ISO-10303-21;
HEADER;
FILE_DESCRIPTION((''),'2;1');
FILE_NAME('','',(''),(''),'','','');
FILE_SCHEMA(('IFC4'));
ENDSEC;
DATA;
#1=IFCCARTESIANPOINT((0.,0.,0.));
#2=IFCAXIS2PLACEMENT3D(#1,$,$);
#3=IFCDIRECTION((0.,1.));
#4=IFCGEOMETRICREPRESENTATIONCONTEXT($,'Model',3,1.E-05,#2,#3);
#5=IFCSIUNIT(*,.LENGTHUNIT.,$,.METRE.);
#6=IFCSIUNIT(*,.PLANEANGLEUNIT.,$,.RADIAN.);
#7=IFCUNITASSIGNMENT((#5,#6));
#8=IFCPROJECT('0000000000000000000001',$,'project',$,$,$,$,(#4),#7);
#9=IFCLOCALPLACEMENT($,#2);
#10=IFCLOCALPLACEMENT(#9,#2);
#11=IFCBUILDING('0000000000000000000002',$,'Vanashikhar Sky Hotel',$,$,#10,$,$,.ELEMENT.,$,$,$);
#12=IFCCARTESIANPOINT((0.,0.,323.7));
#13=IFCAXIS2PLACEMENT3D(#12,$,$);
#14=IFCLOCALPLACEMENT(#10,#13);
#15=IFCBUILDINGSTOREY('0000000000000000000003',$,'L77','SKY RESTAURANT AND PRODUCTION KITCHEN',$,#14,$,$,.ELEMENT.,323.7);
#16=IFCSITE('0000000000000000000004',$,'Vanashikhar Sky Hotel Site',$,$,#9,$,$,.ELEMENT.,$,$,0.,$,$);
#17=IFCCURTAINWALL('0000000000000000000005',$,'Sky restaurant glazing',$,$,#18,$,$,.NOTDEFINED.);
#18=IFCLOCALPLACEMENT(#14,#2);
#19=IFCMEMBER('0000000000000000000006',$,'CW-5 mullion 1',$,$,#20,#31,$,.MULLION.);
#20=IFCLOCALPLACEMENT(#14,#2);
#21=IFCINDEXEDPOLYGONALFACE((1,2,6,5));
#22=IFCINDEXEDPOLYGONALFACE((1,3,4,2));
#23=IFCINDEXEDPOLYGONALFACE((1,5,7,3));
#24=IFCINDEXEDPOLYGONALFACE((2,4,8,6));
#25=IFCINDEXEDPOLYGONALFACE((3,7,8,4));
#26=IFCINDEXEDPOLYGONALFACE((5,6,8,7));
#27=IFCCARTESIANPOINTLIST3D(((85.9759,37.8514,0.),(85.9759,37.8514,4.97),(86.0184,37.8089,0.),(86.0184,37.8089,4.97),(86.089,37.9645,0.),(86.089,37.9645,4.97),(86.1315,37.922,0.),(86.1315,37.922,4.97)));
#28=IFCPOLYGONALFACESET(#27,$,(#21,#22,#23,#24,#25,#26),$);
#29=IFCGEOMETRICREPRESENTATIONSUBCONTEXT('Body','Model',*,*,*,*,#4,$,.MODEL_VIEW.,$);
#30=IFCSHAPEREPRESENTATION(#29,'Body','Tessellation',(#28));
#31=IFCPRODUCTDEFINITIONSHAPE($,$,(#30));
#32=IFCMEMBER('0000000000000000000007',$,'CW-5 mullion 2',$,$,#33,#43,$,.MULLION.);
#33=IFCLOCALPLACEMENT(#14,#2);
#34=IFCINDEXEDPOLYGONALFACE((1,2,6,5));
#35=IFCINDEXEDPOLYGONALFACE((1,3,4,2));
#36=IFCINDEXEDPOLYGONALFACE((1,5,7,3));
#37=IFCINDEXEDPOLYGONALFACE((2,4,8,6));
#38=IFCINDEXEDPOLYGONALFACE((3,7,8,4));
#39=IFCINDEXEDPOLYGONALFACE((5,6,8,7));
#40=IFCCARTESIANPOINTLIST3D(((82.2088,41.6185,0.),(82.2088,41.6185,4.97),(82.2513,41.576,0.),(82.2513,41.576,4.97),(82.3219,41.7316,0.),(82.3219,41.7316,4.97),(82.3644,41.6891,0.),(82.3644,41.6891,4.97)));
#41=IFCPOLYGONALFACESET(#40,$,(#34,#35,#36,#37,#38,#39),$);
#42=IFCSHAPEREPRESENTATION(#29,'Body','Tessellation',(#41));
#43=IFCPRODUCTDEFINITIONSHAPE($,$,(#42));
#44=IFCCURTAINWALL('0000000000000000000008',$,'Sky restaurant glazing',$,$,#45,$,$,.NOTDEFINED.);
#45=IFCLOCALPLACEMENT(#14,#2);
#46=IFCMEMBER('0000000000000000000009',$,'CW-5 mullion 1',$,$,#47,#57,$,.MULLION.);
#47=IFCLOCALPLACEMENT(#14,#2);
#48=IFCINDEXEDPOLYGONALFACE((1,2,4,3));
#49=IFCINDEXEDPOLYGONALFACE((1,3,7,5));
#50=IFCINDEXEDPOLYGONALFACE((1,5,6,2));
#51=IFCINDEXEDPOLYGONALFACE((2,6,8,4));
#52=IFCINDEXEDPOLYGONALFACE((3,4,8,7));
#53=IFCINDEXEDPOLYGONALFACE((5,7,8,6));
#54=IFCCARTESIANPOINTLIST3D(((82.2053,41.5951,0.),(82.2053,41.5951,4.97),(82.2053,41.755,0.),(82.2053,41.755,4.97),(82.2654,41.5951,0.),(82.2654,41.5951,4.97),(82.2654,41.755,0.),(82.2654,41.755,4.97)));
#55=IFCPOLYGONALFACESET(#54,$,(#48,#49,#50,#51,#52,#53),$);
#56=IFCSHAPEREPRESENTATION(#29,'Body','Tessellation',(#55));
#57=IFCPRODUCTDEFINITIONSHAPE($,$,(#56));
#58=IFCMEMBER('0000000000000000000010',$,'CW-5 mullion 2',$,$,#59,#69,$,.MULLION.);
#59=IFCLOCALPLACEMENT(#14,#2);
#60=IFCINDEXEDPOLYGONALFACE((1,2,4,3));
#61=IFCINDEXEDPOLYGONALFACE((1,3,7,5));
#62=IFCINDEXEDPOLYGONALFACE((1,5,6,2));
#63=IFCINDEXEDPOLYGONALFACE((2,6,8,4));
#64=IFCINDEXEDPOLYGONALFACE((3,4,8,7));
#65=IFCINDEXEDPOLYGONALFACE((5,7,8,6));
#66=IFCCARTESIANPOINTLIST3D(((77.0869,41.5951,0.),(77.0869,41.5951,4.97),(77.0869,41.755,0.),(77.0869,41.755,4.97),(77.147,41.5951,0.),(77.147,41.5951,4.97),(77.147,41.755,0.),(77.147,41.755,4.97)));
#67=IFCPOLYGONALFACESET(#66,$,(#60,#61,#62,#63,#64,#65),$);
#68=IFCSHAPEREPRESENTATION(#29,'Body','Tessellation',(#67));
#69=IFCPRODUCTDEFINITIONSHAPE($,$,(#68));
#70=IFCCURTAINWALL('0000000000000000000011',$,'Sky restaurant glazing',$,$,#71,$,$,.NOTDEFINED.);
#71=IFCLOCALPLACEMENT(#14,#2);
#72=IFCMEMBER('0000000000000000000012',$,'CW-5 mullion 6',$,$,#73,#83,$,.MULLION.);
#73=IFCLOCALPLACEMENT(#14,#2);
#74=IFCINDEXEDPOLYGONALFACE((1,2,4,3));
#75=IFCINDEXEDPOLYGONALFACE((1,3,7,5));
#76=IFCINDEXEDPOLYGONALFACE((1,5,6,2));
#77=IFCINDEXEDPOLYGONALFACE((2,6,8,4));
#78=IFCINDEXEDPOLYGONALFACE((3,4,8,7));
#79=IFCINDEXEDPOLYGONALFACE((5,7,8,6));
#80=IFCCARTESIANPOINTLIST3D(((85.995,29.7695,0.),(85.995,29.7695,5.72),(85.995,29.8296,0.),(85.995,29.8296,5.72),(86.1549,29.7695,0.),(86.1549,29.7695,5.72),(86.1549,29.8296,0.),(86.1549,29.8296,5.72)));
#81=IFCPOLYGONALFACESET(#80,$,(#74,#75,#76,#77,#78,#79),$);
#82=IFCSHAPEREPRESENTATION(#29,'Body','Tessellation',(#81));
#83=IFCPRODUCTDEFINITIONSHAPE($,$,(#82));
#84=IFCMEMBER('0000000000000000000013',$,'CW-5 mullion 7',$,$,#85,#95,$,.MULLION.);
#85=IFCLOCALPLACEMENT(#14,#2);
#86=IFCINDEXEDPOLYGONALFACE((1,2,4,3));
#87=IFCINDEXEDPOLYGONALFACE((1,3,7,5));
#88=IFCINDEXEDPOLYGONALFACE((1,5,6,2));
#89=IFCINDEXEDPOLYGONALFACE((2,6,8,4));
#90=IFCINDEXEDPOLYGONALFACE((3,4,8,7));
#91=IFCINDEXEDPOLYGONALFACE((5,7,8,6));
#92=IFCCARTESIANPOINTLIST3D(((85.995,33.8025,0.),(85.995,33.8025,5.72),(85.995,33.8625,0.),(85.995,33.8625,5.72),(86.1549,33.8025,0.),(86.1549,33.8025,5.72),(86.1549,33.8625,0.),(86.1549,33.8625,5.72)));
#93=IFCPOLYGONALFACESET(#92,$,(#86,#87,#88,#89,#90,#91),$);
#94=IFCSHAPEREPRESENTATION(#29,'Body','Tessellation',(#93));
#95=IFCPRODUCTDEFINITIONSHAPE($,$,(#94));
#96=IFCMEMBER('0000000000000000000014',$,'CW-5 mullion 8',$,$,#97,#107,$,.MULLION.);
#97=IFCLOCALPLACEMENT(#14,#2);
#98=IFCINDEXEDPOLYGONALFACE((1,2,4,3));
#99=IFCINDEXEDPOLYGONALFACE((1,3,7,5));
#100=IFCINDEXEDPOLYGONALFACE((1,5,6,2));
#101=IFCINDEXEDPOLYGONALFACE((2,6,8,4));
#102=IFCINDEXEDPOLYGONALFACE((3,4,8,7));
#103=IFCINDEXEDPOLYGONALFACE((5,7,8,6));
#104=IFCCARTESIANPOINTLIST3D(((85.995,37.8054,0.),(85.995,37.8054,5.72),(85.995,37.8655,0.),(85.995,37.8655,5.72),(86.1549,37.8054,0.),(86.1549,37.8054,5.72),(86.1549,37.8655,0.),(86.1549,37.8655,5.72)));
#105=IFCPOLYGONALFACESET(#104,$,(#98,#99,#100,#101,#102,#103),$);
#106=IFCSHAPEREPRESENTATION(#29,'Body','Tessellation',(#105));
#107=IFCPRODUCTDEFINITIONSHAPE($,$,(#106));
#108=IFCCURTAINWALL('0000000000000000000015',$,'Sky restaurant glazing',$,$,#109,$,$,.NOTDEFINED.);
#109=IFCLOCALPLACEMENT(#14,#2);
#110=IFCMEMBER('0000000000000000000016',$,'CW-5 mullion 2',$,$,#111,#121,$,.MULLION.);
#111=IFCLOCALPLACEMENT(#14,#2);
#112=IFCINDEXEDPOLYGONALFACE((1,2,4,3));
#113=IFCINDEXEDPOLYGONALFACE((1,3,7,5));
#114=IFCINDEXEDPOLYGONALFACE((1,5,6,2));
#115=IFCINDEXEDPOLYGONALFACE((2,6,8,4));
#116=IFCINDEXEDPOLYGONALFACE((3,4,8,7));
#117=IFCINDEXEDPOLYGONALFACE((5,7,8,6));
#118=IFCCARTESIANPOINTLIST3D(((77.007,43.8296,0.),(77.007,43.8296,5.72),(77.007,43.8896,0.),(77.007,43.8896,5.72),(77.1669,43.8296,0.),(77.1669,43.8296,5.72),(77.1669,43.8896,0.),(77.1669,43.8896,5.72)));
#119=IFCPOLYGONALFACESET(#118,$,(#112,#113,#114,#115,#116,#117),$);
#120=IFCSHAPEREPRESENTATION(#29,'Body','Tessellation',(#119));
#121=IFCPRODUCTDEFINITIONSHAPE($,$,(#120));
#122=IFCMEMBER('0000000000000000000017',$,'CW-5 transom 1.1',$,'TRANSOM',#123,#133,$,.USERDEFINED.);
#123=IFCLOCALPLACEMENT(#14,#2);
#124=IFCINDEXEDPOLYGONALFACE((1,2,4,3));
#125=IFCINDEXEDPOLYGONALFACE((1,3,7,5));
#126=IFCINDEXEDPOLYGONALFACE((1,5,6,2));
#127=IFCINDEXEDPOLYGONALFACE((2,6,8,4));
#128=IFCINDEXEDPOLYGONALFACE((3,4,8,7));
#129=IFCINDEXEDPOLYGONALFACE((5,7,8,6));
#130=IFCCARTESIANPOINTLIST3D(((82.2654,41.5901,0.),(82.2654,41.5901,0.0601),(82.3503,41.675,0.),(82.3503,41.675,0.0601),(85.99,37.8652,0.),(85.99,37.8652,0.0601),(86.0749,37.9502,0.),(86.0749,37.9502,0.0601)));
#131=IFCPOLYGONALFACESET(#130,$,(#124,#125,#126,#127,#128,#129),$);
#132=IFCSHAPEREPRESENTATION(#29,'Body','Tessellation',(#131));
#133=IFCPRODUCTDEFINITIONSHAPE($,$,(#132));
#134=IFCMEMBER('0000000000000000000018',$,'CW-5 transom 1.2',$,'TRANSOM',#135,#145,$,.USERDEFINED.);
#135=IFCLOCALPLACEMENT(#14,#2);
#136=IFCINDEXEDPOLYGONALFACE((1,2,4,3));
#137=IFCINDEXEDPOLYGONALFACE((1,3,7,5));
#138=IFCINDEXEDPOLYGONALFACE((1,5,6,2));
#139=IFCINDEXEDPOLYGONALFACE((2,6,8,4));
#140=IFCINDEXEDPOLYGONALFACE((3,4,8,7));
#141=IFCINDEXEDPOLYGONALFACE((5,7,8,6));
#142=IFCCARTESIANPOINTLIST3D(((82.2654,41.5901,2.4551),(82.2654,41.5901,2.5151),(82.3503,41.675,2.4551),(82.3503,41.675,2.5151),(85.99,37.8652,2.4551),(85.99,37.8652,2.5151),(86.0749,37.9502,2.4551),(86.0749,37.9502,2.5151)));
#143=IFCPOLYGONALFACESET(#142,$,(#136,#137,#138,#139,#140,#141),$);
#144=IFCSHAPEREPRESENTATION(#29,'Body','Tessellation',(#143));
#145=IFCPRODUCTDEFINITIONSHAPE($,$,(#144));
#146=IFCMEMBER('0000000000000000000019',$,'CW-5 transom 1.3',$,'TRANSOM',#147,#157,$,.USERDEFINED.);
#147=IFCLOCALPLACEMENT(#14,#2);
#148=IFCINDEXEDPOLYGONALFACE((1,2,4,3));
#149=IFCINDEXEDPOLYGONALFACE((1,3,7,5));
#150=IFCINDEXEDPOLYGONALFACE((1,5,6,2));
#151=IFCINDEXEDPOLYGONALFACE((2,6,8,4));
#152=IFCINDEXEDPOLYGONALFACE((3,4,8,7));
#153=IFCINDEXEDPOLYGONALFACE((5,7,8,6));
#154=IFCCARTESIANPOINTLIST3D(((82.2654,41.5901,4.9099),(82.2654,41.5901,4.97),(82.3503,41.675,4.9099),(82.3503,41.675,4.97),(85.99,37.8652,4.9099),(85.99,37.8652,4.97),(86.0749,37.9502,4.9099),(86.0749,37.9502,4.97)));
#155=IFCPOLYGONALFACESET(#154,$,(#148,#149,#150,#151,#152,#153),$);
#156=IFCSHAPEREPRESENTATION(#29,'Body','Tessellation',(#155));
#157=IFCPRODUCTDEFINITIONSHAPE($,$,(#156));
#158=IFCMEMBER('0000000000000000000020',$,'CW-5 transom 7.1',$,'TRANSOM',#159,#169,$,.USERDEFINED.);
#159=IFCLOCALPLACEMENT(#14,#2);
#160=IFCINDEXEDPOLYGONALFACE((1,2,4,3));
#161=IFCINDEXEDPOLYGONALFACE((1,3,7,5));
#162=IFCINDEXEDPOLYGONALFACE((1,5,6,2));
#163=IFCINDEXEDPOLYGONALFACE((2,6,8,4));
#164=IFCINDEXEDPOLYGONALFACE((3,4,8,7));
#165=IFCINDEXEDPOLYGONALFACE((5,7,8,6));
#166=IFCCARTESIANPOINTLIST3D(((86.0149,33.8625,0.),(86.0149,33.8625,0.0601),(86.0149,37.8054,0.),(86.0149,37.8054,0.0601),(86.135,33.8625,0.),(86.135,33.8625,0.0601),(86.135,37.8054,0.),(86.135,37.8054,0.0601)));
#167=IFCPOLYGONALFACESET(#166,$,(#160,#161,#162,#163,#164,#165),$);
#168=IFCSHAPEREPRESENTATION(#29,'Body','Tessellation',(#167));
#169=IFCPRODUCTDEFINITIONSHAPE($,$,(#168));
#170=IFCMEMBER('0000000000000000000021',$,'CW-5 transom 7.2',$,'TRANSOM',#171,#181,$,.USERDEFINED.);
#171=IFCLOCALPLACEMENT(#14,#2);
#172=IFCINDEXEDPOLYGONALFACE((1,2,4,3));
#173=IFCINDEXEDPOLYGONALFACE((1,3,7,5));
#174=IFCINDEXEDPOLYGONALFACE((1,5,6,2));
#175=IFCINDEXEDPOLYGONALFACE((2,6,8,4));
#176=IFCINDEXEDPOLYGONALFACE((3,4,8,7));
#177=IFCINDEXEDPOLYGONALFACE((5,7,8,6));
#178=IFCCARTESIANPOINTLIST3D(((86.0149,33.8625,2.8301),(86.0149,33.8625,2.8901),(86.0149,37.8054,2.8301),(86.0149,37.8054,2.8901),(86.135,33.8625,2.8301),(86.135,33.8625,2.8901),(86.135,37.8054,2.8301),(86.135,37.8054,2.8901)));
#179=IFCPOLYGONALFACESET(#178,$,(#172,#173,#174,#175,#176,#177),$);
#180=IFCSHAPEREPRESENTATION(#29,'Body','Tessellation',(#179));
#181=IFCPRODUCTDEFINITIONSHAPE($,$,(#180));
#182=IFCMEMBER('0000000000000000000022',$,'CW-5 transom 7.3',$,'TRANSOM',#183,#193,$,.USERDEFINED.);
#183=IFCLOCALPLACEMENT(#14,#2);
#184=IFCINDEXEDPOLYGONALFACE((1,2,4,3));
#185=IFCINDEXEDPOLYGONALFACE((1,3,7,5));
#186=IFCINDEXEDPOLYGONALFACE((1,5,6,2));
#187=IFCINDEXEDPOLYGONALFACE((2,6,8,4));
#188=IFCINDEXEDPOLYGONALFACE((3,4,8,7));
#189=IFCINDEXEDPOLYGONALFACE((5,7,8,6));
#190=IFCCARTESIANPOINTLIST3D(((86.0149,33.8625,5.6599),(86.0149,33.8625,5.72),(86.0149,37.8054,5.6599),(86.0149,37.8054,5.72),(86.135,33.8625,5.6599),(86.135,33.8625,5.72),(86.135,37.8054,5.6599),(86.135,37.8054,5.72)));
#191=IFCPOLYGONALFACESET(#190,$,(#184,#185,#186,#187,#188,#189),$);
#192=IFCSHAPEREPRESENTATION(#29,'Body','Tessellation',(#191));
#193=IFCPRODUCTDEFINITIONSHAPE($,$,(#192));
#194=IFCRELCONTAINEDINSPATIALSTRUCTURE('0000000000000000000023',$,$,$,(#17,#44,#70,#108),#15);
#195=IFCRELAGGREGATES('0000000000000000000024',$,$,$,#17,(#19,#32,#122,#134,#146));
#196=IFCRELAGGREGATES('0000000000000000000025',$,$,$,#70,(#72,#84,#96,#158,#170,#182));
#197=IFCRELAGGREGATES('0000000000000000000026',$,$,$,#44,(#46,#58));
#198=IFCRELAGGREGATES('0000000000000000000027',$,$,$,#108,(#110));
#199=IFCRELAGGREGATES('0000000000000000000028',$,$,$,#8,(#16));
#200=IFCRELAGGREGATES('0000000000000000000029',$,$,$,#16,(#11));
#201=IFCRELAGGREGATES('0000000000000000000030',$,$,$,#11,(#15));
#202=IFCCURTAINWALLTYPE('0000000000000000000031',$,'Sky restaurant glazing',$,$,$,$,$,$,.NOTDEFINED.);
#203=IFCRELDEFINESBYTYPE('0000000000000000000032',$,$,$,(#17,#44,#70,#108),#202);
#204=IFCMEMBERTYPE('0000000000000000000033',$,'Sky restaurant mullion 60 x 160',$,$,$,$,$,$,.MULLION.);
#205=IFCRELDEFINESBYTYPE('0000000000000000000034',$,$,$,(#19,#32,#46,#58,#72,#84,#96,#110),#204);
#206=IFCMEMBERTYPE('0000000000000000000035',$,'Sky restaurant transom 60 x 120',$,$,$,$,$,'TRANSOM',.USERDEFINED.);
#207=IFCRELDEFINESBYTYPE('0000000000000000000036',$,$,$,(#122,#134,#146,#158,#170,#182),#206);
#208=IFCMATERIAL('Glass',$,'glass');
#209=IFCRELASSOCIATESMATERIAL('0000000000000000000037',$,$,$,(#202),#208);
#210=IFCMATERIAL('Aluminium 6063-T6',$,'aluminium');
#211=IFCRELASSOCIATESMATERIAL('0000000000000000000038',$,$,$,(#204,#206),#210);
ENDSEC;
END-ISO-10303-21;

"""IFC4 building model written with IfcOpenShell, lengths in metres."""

from ifc_helpers import new_model, si_unit, direction, frame, origin, origin_2d, place, context, subcontext, project, spatial, rectangle, extrude, source, transform, mapped, material, material_profile, profile_set, type_object, element, aggregate, save


model = new_model("IFC4")

# Units and contexts
model_context = context("Model", 3, precision=1e-05, world=origin(), true_north=direction((0.0, 1.0)))
body_context = subcontext(model_context, "Body", "Model", "MODEL_VIEW")
ifc_project = project(units=[si_unit("LENGTHUNIT", "METRE"), si_unit("PLANEANGLEUNIT", "RADIAN")], contexts=[model_context])

# Site, building, storey
site_placement = place(None, origin())
site = spatial("IfcSite", under=ifc_project, at=site_placement, Name="Vanashikhar Sky Hotel Site", CompositionType="ELEMENT", RefElevation=0.0)
building_placement = place(site_placement, origin())
building = spatial("IfcBuilding", under=site, at=building_placement, Name="Vanashikhar Sky Hotel", CompositionType="ELEMENT")
storey_placement = place(building_placement, frame((0.0, 0.0, 323.7)))
storey = spatial("IfcBuildingStorey", under=building, at=storey_placement, Name="L77", Description="SKY RESTAURANT AND PRODUCTION KITCHEN", CompositionType="ELEMENT", Elevation=323.7)

# Curtain walls, members
ifc_material_1 = material(Name="Glass", Category="glass")
curtain_wall_type = type_object("IfcCurtainWallType", Name="Sky restaurant glazing", PredefinedType="NOTDEFINED", material=ifc_material_1)
curtain_wall_1_placement = place(storey_placement, origin())
curtain_wall_1 = element("IfcCurtainWall", 1, at=curtain_wall_1_placement, inside=storey, type_object=curtain_wall_type, Name="Sky restaurant glazing", PredefinedType="NOTDEFINED")
ifc_material_2 = material(Name="Aluminium 6063-T6", Category="aluminium")
ifc_material_profile_1 = material_profile(ifc_material_2, rectangle(XDim=0.1599, YDim=0.0601, at=origin_2d()))
ifc_profile_set_1 = profile_set([ifc_material_profile_1], Name="Aluminium 6063-T6")
member_type_1 = type_object("IfcMemberType", Name="Sky restaurant mullion 60 x 160", PredefinedType="MULLION", material=ifc_profile_set_1)
shared_shape_1 = source(origin(), body_context, "Body", "SweptSolid", [
    extrude(rectangle(XDim=0.1599, YDim=0.0601, at=origin_2d()), origin(), (0.0, 0.0, 1.0), 4.97),
])
member_1_placement = place(storey_placement, frame((86.0537, 37.8867, 0.0), z_axis=(0.0, 0.0, 1.0), x_axis=(-0.707107, -0.707107, 0.0)))
member_1 = element("IfcMember", 2, at=member_1_placement, type_object=member_type_1, Name="CW-5 mullion 1", PredefinedType="MULLION", context=body_context, shape_type="MappedRepresentation", body=[
    mapped(shared_shape_1, transform((0.0, 0.0, 0.0), scale=1.0)),
])
member_2_placement = place(storey_placement, frame((82.2866, 41.6538, 0.0), z_axis=(0.0, 0.0, 1.0), x_axis=(-0.707107, -0.707107, 0.0)))
member_2 = element("IfcMember", 3, at=member_2_placement, type_object=member_type_1, Name="CW-5 mullion 2", PredefinedType="MULLION", context=body_context, shape_type="MappedRepresentation", body=[
    mapped(shared_shape_1, transform((0.0, 0.0, 0.0), scale=1.0)),
])
curtain_wall_2_placement = place(storey_placement, origin())
curtain_wall_2 = element("IfcCurtainWall", 4, at=curtain_wall_2_placement, inside=storey, type_object=curtain_wall_type, Name="Sky restaurant glazing", PredefinedType="NOTDEFINED")
member_3_placement = place(storey_placement, frame((82.2354, 41.675, 0.0), z_axis=(0.0, 0.0, 1.0), x_axis=(0.0, -1.0, 0.0)))
member_3 = element("IfcMember", 5, at=member_3_placement, type_object=member_type_1, Name="CW-5 mullion 1", PredefinedType="MULLION", context=body_context, shape_type="MappedRepresentation", body=[
    mapped(shared_shape_1, transform((0.0, 0.0, 0.0), scale=1.0)),
])
member_4_placement = place(storey_placement, frame((77.1169, 41.675, 0.0), z_axis=(0.0, 0.0, 1.0), x_axis=(0.0, -1.0, 0.0)))
member_4 = element("IfcMember", 6, at=member_4_placement, type_object=member_type_1, Name="CW-5 mullion 2", PredefinedType="MULLION", context=body_context, shape_type="MappedRepresentation", body=[
    mapped(shared_shape_1, transform((0.0, 0.0, 0.0), scale=1.0)),
])
curtain_wall_3_placement = place(storey_placement, origin())
curtain_wall_3 = element("IfcCurtainWall", 7, at=curtain_wall_3_placement, inside=storey, type_object=curtain_wall_type, Name="Sky restaurant glazing", PredefinedType="NOTDEFINED")
shared_shape_2 = source(origin(), body_context, "Body", "SweptSolid", [
    extrude(rectangle(XDim=0.1599, YDim=0.0601, at=origin_2d()), origin(), (0.0, 0.0, 1.0), 5.72),
])
member_5_placement = place(storey_placement, frame((86.075, 29.7996, 0.0), z_axis=(0.0, 0.0, 1.0), x_axis=(-1.0, 0.0, 0.0)))
member_5 = element("IfcMember", 8, at=member_5_placement, type_object=member_type_1, Name="CW-5 mullion 6", PredefinedType="MULLION", context=body_context, shape_type="MappedRepresentation", body=[
    mapped(shared_shape_2, transform((0.0, 0.0, 0.0), scale=1.0)),
])
member_6_placement = place(storey_placement, frame((86.075, 33.8325, 0.0), z_axis=(0.0, 0.0, 1.0), x_axis=(-1.0, 0.0, 0.0)))
member_6 = element("IfcMember", 9, at=member_6_placement, type_object=member_type_1, Name="CW-5 mullion 7", PredefinedType="MULLION", context=body_context, shape_type="MappedRepresentation", body=[
    mapped(shared_shape_2, transform((0.0, 0.0, 0.0), scale=1.0)),
])
member_7_placement = place(storey_placement, frame((86.075, 37.8354, 0.0), z_axis=(0.0, 0.0, 1.0), x_axis=(-1.0, 0.0, 0.0)))
member_7 = element("IfcMember", 10, at=member_7_placement, type_object=member_type_1, Name="CW-5 mullion 8", PredefinedType="MULLION", context=body_context, shape_type="MappedRepresentation", body=[
    mapped(shared_shape_2, transform((0.0, 0.0, 0.0), scale=1.0)),
])

# Curtain wall, member
curtain_wall_4_placement = place(storey_placement, origin())
curtain_wall_4 = element("IfcCurtainWall", 11, at=curtain_wall_4_placement, inside=storey, type_object=curtain_wall_type, Name="Sky restaurant glazing", PredefinedType="NOTDEFINED")
member_8_placement = place(storey_placement, frame((77.0869, 43.8596, 0.0), z_axis=(0.0, 0.0, 1.0), x_axis=(-1.0, 0.0, 0.0)))
member_8 = element("IfcMember", 12, at=member_8_placement, type_object=member_type_1, Name="CW-5 mullion 2", PredefinedType="MULLION", context=body_context, shape_type="MappedRepresentation", body=[
    mapped(shared_shape_2, transform((0.0, 0.0, 0.0), scale=1.0)),
])

# Members
ifc_material_profile_2 = material_profile(ifc_material_2, rectangle(XDim=0.1201, YDim=0.0601, at=origin_2d()))
ifc_profile_set_2 = profile_set([ifc_material_profile_2], Name="Aluminium 6063-T6")
member_type_2 = type_object("IfcMemberType", Name="Sky restaurant transom 60 x 120", ElementType="TRANSOM", PredefinedType="USERDEFINED", material=ifc_profile_set_2)
shared_shape_3 = source(origin(), body_context, "Body", "SweptSolid", [
    extrude(rectangle(XDim=0.1201, YDim=0.0601, at=origin_2d()), origin(), (0.0, 0.0, 1.0), 5.2676),
])
member_9_placement = place(storey_placement, frame((86.0325, 37.9077, 0.03), z_axis=(-0.707084, 0.70713, 0.0), x_axis=(-0.70713, -0.707084, 0.0)))
member_9 = element("IfcMember", 13, at=member_9_placement, type_object=member_type_2, Name="CW-5 transom 1.1", ObjectType="TRANSOM", PredefinedType="USERDEFINED", context=body_context, shape_type="MappedRepresentation", body=[
    mapped(shared_shape_3, transform((0.0, 0.0, 0.0), scale=1.0)),
])
member_10_placement = place(storey_placement, frame((86.0325, 37.9077, 2.4851), z_axis=(-0.707084, 0.70713, 0.0), x_axis=(-0.70713, -0.707084, 0.0)))
member_10 = element("IfcMember", 14, at=member_10_placement, type_object=member_type_2, Name="CW-5 transom 1.2", ObjectType="TRANSOM", PredefinedType="USERDEFINED", context=body_context, shape_type="MappedRepresentation", body=[
    mapped(shared_shape_3, transform((0.0, 0.0, 0.0), scale=1.0)),
])
member_11_placement = place(storey_placement, frame((86.0325, 37.9077, 4.9399), z_axis=(-0.707084, 0.70713, 0.0), x_axis=(-0.70713, -0.707084, 0.0)))
member_11 = element("IfcMember", 15, at=member_11_placement, type_object=member_type_2, Name="CW-5 transom 1.3", ObjectType="TRANSOM", PredefinedType="USERDEFINED", context=body_context, shape_type="MappedRepresentation", body=[
    mapped(shared_shape_3, transform((0.0, 0.0, 0.0), scale=1.0)),
])
shared_shape_4 = source(origin(), body_context, "Body", "SweptSolid", [
    extrude(rectangle(XDim=0.1201, YDim=0.0601, at=origin_2d()), origin(), (0.0, 0.0, 1.0), 3.9429),
])
member_12_placement = place(storey_placement, frame((86.075, 33.8625, 0.03), z_axis=(0.0, 1.0, 0.0), x_axis=(-1.0, 0.0, 0.0)))
member_12 = element("IfcMember", 16, at=member_12_placement, type_object=member_type_2, Name="CW-5 transom 7.1", ObjectType="TRANSOM", PredefinedType="USERDEFINED", context=body_context, shape_type="MappedRepresentation", body=[
    mapped(shared_shape_4, transform((0.0, 0.0, 0.0), scale=1.0)),
])
member_13_placement = place(storey_placement, frame((86.075, 33.8625, 2.8601), z_axis=(0.0, 1.0, 0.0), x_axis=(-1.0, 0.0, 0.0)))
member_13 = element("IfcMember", 17, at=member_13_placement, type_object=member_type_2, Name="CW-5 transom 7.2", ObjectType="TRANSOM", PredefinedType="USERDEFINED", context=body_context, shape_type="MappedRepresentation", body=[
    mapped(shared_shape_4, transform((0.0, 0.0, 0.0), scale=1.0)),
])
member_14_placement = place(storey_placement, frame((86.075, 33.8625, 5.6899), z_axis=(0.0, 1.0, 0.0), x_axis=(-1.0, 0.0, 0.0)))
member_14 = element("IfcMember", 18, at=member_14_placement, type_object=member_type_2, Name="CW-5 transom 7.3", ObjectType="TRANSOM", PredefinedType="USERDEFINED", context=body_context, shape_type="MappedRepresentation", body=[
    mapped(shared_shape_4, transform((0.0, 0.0, 0.0), scale=1.0)),
])

aggregate(curtain_wall_1, [member_1, member_2, member_9, member_10, member_11])
aggregate(curtain_wall_3, [member_5, member_6, member_7, member_12, member_13, member_14])
aggregate(curtain_wall_2, [member_3, member_4])
aggregate(curtain_wall_4, [member_8])

save(model, "model.ifc")
